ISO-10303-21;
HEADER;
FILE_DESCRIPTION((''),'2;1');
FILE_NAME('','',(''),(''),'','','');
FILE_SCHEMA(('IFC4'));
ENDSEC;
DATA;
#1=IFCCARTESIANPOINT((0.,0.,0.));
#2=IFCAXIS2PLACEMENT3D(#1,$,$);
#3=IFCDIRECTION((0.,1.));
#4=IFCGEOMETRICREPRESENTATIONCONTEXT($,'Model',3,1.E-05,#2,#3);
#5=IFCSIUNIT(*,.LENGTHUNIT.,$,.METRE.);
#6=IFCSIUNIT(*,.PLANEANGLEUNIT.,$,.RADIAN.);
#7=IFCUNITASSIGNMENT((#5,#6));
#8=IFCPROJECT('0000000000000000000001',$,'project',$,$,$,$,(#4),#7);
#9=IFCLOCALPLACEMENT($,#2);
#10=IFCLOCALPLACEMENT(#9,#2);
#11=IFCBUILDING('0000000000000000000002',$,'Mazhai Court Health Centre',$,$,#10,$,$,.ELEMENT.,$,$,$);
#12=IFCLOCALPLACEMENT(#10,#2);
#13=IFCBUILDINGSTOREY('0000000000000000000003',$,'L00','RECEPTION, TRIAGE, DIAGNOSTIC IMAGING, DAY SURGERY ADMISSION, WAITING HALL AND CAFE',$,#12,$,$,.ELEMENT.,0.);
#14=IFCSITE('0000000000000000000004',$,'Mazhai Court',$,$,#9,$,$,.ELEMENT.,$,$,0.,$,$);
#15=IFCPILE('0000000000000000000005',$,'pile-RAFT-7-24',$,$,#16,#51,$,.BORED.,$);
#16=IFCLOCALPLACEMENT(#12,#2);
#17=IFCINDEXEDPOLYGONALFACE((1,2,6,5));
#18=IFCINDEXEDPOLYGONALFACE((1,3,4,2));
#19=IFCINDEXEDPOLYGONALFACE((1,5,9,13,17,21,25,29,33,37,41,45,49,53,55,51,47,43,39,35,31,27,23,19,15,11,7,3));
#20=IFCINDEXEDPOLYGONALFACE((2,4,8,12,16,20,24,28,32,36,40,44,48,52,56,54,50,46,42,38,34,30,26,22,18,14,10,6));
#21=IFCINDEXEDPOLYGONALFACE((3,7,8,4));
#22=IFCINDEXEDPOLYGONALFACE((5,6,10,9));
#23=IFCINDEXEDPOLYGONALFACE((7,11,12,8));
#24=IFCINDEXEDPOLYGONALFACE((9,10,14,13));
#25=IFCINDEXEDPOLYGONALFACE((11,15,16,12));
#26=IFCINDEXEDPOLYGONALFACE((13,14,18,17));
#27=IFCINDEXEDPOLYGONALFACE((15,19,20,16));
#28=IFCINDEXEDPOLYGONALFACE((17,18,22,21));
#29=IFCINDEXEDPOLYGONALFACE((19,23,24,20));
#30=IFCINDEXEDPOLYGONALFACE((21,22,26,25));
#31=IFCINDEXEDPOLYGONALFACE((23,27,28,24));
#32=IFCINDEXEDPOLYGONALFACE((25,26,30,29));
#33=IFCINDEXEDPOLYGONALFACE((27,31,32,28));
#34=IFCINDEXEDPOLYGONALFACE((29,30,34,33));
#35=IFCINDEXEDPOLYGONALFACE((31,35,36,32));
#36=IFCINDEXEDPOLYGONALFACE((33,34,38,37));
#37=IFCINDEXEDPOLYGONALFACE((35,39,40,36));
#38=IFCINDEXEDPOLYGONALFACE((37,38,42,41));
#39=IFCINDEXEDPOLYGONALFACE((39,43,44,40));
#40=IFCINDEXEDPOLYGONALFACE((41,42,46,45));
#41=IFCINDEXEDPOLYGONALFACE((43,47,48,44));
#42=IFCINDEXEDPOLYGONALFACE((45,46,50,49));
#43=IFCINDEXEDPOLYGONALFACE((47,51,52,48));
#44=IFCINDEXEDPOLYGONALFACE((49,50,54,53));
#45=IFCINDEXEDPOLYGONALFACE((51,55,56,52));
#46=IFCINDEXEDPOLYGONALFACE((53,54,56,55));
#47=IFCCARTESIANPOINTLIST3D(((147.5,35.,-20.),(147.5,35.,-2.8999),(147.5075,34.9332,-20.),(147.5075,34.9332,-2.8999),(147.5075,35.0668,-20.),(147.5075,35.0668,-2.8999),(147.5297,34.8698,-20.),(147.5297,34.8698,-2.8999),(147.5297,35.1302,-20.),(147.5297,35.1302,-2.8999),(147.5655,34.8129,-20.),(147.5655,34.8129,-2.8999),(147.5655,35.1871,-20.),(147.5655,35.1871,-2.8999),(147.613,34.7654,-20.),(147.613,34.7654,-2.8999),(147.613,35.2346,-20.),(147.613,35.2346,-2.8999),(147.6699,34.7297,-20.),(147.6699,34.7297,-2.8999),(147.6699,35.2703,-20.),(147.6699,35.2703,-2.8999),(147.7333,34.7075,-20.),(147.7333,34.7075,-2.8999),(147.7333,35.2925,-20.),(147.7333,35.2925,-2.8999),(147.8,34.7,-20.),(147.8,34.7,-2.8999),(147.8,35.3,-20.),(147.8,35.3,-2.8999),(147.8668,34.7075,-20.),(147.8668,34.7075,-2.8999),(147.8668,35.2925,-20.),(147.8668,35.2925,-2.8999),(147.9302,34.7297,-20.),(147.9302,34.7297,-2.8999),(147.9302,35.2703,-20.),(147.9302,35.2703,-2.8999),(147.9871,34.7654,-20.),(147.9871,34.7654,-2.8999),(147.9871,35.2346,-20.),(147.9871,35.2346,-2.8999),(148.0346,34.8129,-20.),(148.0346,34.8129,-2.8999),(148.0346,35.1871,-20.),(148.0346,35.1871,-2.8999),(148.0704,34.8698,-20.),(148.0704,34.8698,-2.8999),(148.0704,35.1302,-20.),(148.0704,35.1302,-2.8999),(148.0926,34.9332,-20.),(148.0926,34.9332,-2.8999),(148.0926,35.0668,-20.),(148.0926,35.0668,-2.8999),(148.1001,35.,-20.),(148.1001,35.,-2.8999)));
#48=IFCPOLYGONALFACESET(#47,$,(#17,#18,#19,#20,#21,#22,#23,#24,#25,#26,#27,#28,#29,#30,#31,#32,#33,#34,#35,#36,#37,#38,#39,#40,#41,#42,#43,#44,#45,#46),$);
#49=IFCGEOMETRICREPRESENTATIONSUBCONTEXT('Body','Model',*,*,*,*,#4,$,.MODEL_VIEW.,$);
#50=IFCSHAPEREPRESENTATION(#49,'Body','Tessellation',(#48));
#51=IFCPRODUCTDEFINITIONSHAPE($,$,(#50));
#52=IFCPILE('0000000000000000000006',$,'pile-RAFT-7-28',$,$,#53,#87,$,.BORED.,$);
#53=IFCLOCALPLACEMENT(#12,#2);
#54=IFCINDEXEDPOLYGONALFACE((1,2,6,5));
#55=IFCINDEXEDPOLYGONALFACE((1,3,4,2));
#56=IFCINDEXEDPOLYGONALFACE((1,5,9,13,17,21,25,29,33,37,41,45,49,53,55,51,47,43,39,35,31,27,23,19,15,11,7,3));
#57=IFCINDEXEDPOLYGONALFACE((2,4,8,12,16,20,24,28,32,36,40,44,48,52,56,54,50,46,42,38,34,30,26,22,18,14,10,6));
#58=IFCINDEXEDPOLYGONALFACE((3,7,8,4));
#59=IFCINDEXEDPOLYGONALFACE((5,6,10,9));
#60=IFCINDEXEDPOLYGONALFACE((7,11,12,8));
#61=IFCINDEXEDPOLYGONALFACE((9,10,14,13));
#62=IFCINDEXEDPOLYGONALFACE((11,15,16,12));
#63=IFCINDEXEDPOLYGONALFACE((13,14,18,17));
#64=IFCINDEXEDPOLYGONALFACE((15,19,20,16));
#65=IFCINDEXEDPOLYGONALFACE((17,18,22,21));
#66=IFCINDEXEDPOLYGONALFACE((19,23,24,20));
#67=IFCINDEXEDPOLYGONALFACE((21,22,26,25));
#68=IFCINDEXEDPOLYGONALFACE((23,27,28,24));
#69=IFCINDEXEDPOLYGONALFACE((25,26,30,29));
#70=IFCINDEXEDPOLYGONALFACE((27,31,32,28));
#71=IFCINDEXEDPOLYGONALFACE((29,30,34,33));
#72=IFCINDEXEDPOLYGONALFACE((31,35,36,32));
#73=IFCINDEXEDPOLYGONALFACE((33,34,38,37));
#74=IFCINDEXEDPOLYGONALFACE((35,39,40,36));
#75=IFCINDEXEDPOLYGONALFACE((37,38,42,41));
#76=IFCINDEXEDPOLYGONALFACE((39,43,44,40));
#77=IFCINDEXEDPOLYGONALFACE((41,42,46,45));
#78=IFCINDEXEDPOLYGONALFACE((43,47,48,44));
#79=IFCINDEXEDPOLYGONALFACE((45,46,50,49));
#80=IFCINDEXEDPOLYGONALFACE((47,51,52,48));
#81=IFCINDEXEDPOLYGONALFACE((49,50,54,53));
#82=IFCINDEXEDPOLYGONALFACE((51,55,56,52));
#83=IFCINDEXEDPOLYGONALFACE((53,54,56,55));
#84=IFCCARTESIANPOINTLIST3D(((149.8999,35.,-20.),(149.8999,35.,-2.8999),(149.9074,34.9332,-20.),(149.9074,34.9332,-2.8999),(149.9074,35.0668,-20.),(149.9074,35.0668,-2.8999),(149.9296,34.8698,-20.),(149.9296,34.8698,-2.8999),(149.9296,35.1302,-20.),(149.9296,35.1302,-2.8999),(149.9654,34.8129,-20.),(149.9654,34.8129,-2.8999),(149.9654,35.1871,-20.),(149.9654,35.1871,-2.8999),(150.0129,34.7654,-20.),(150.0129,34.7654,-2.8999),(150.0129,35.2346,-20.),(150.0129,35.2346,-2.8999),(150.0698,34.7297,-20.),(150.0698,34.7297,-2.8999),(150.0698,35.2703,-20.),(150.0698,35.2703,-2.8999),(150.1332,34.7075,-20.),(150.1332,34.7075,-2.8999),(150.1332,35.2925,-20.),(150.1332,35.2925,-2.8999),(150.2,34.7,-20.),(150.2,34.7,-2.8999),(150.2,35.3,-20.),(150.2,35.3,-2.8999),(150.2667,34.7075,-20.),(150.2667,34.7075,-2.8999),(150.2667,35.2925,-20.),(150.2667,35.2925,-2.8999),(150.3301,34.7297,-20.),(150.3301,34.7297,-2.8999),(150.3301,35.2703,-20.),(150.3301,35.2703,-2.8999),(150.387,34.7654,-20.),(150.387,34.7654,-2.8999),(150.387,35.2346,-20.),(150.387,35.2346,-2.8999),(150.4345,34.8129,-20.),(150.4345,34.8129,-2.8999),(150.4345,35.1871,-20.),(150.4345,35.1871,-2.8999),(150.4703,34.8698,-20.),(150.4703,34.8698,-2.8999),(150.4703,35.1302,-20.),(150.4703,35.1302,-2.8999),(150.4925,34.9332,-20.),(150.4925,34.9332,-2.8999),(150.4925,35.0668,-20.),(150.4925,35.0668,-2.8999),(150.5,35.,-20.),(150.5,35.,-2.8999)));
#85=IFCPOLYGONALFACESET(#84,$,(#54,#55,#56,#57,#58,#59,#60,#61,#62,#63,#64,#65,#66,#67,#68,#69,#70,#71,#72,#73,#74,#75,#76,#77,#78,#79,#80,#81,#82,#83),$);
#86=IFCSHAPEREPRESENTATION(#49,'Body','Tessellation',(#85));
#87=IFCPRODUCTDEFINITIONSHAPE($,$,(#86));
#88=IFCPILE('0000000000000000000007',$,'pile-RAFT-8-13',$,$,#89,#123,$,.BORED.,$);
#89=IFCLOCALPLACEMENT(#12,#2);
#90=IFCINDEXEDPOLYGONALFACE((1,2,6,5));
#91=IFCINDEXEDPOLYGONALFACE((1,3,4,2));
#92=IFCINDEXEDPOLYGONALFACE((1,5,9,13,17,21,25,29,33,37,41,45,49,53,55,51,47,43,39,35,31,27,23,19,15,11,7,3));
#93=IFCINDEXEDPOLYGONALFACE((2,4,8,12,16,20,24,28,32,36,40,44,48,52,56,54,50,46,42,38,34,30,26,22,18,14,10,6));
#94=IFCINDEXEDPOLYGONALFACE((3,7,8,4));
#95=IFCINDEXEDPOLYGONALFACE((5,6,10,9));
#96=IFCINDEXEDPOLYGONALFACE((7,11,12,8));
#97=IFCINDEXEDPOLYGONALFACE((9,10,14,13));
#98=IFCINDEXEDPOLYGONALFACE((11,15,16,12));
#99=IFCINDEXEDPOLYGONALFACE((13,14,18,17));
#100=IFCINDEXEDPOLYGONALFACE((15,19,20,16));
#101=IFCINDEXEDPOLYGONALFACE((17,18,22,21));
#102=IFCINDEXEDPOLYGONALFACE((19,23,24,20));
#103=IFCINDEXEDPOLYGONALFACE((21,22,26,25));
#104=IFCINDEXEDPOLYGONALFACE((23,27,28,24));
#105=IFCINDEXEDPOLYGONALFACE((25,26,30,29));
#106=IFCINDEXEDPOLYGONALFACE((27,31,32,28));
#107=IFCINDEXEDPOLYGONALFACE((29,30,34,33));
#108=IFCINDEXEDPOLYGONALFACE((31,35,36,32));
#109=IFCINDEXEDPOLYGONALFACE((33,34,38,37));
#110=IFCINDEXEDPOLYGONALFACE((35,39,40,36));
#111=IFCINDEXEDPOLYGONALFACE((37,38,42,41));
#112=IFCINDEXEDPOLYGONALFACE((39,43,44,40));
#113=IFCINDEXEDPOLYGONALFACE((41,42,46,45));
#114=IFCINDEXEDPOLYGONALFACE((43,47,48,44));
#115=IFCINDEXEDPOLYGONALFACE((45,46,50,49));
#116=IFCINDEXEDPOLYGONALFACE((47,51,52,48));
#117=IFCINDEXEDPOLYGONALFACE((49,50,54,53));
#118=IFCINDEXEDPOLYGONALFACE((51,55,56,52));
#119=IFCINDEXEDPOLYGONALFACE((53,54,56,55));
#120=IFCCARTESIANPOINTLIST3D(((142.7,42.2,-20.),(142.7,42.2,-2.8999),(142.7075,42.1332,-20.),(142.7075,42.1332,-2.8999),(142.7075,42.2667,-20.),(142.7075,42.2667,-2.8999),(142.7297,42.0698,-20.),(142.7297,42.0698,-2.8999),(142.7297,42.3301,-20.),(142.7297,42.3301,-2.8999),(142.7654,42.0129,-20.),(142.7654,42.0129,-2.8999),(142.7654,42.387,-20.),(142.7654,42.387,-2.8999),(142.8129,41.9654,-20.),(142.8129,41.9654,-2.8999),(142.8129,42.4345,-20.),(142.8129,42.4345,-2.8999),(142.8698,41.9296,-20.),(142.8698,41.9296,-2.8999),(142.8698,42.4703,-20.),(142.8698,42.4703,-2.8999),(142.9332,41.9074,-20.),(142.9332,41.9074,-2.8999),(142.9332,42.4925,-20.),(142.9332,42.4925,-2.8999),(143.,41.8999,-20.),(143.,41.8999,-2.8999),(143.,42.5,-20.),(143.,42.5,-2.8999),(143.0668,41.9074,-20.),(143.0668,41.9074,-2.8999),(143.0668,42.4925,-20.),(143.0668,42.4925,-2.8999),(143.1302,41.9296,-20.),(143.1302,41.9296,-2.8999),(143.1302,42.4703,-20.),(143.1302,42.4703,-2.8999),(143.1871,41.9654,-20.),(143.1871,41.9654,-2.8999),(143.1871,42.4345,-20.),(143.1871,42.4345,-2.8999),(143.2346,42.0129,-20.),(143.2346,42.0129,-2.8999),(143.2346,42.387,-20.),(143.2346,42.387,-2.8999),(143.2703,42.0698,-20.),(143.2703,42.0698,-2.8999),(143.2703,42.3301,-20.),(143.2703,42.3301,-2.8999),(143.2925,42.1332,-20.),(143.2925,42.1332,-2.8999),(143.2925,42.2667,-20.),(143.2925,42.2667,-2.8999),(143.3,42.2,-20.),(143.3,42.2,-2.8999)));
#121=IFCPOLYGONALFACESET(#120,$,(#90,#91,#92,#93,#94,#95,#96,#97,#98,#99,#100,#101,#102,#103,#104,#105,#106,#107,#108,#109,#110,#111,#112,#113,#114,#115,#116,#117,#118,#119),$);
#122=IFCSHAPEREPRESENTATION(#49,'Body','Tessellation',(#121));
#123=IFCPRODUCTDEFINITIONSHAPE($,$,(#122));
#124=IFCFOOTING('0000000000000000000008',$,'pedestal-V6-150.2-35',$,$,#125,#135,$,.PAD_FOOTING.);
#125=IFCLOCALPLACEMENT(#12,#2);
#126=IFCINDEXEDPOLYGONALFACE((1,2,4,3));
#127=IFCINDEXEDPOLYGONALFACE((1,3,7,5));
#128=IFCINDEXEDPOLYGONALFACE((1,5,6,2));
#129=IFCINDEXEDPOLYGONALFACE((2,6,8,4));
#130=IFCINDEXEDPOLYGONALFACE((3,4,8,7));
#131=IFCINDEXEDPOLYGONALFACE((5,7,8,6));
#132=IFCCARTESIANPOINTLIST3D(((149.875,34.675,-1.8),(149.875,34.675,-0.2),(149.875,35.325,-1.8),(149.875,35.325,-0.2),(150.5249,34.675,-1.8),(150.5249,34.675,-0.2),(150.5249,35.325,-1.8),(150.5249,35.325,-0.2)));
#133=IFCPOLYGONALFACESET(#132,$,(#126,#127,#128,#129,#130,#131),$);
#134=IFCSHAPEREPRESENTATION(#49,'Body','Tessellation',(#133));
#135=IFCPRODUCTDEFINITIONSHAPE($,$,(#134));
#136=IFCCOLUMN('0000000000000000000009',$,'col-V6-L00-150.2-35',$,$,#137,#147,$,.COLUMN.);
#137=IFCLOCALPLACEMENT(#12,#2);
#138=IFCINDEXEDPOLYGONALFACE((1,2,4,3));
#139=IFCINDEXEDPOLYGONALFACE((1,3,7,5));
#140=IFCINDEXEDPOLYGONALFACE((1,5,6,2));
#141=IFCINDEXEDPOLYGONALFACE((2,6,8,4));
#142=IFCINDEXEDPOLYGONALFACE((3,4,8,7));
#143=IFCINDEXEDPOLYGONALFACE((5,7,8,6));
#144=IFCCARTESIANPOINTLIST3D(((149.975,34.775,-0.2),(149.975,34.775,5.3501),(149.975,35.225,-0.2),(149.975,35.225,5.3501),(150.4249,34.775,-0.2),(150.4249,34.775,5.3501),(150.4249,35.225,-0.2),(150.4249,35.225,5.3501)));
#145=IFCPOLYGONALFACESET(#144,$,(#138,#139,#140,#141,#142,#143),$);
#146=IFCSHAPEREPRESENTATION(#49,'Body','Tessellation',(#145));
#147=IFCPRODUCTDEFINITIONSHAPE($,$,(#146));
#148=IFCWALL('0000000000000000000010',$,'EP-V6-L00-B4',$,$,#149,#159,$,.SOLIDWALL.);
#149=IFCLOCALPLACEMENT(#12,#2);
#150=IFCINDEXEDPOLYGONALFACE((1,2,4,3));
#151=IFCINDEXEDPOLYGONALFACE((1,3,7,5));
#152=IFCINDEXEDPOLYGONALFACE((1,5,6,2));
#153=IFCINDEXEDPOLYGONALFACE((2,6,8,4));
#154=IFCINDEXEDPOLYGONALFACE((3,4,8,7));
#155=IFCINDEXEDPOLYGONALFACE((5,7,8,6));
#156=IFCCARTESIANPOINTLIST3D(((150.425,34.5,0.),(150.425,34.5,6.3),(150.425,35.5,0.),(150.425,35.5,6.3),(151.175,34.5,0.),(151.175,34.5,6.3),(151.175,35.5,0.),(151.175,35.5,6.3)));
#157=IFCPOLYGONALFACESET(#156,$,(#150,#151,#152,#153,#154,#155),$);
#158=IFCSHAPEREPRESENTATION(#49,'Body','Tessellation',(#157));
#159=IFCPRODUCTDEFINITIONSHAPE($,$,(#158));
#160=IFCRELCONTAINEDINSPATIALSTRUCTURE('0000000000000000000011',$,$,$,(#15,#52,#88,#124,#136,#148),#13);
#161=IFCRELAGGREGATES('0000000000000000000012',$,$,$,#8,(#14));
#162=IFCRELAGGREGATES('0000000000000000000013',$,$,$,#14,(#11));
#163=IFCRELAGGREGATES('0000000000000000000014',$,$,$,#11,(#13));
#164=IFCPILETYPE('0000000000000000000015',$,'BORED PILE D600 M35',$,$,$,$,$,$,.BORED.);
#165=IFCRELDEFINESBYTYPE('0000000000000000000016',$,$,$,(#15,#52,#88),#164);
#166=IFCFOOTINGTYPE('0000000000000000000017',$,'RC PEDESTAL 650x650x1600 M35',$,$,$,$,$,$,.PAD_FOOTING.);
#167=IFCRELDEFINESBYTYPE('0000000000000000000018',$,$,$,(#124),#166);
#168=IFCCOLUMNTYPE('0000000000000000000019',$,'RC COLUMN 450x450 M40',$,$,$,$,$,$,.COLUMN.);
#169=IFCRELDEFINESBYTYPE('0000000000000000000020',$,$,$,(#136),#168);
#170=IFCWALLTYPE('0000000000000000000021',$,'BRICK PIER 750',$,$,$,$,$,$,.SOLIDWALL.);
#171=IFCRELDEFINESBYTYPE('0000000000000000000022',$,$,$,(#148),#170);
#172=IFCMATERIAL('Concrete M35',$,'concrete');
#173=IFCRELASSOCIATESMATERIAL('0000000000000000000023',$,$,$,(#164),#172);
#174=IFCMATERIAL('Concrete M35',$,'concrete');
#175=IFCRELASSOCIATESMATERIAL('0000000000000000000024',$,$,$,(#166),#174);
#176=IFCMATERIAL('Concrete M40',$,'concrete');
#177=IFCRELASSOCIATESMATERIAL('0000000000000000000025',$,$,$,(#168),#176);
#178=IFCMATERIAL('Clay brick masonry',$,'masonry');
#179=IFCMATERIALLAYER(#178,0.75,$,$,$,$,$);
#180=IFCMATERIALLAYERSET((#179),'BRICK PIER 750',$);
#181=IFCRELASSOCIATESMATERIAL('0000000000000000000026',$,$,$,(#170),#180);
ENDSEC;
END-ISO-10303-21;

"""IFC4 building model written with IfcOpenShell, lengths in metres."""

from ifc_helpers import new_model, si_unit, direction, frame, frame_2d, origin, origin_2d, place, context, subcontext, project, spatial, rectangle, circle, extrude, material, layer, layer_set, material_profile, profile_set, type_object, element, save


model = new_model("IFC4")

# Units and contexts
model_context = context("Model", 3, precision=1e-05, world=origin(), true_north=direction((0.0, 1.0)))
body_context = subcontext(model_context, "Body", "Model", "MODEL_VIEW")
ifc_project = project(units=[si_unit("LENGTHUNIT", "METRE"), si_unit("PLANEANGLEUNIT", "RADIAN")], contexts=[model_context])

# Site, building, storey
site_placement = place(None, origin())
site = spatial("IfcSite", under=ifc_project, at=site_placement, Name="Mazhai Court", CompositionType="ELEMENT", RefElevation=0.0)
building_placement = place(site_placement, origin())
building = spatial("IfcBuilding", under=site, at=building_placement, Name="Mazhai Court Health Centre", CompositionType="ELEMENT")
storey_placement = place(building_placement, origin())
storey = spatial("IfcBuildingStorey", under=building, at=storey_placement, Name="L00", Description="RECEPTION, TRIAGE, DIAGNOSTIC IMAGING, DAY SURGERY ADMISSION, WAITING HALL AND CAFE", CompositionType="ELEMENT", Elevation=0.0)

# Piles
ifc_material_1 = material(Name="Concrete M35", Category="concrete")
ifc_material_profile_1 = material_profile(ifc_material_1, circle(Radius=0.3, at=origin_2d()), Name="RC PILE D600")
ifc_profile_set_1 = profile_set([ifc_material_profile_1], Name="Concrete M35")
pile_type = type_object("IfcPileType", Name="BORED PILE D600 M35", PredefinedType="BORED", material=ifc_profile_set_1)
for number, where, z_axis, x_axis, name in (
    (1, (147.8, 35.0, -2.8999), (0.0, 0.0, -1.0), (1.0, 0.0, 0.0), "pile-RAFT-7-24"),
    (2, (150.2, 35.0, -2.8999), (0.0, 0.0, -1.0), (1.0, 0.0, 0.0), "pile-RAFT-7-28"),
    (3, (143.0, 42.2, -2.8999), (0.0, 0.0, -1.0), (1.0, 0.0, 0.0), "pile-RAFT-8-13"),
):
    element("IfcPile", number, at=place(storey_placement, frame(where, z_axis=z_axis, x_axis=x_axis)), inside=storey, type_object=pile_type, Name=name, PredefinedType="BORED", context=body_context, shape_type="SweptSolid", body=[
        extrude(circle(Radius=0.3, at=origin_2d()), origin(), (0.0, 0.0, 1.0), 17.1001),
    ])

# Footing
ifc_material_2 = material(Name="Concrete M35", Category="concrete")
footing_type = type_object("IfcFootingType", Name="RC PEDESTAL 650x650x1600 M35", PredefinedType="PAD_FOOTING", material=ifc_material_2)
footing_placement = place(storey_placement, frame((150.2, 35.0, -1.8), z_axis=(0.0, 0.0, 1.0), x_axis=(1.0, 0.0, 0.0)))
element("IfcFooting", 4, at=footing_placement, inside=storey, type_object=footing_type, Name="pedestal-V6-150.2-35", PredefinedType="PAD_FOOTING", context=body_context, shape_type="SweptSolid", body=[
    extrude(rectangle(XDim=0.6499, YDim=0.6499, at=origin_2d()), origin(), (0.0, 0.0, 1.0), 1.6001),
])

# Column
ifc_material_3 = material(Name="Concrete M40", Category="concrete")
ifc_material_profile_2 = material_profile(ifc_material_3, rectangle(XDim=0.45, YDim=0.45, at=origin_2d()), Name="RC 450x450")
ifc_profile_set_2 = profile_set([ifc_material_profile_2], Name="Concrete M40")
column_type = type_object("IfcColumnType", Name="RC COLUMN 450x450 M40", PredefinedType="COLUMN", material=ifc_profile_set_2)
column_placement = place(storey_placement, frame((150.2, 35.0, -0.2), z_axis=(0.0, 0.0, 1.0), x_axis=(1.0, 0.0, 0.0)))
element("IfcColumn", 5, at=column_placement, inside=storey, type_object=column_type, Name="col-V6-L00-150.2-35", PredefinedType="COLUMN", context=body_context, shape_type="SweptSolid", body=[
    extrude(rectangle(XDim=0.45, YDim=0.45, at=origin_2d()), origin(), (0.0, 0.0, 1.0), 5.55),
])

# Wall
ifc_material_4 = material(Name="Clay brick masonry", Category="masonry")
ifc_layer_1 = layer(ifc_material_4, 0.75)
ifc_layer_set_1 = layer_set([ifc_layer_1], Name="BRICK PIER 750")
wall_type_1 = type_object("IfcWallType", Name="BRICK PIER 750", PredefinedType="SOLIDWALL", material=ifc_layer_set_1)
wall_1_placement = place(storey_placement, frame((150.8, 35.5, 0.0), z_axis=(0.0, 0.0, 1.0), x_axis=(0.0, -1.0, 0.0)))
element("IfcWall", 6, at=wall_1_placement, inside=storey, type_object=wall_type_1, Name="EP-V6-L00-B4", PredefinedType="SOLIDWALL", context=body_context, shape_type="SweptSolid", body=[
    extrude(rectangle(XDim=1.0, YDim=0.75, at=frame_2d((0.5, 0.0))), origin(), (0.0, 0.0, 1.0), 6.3),
])

save(model, "model.ifc")
